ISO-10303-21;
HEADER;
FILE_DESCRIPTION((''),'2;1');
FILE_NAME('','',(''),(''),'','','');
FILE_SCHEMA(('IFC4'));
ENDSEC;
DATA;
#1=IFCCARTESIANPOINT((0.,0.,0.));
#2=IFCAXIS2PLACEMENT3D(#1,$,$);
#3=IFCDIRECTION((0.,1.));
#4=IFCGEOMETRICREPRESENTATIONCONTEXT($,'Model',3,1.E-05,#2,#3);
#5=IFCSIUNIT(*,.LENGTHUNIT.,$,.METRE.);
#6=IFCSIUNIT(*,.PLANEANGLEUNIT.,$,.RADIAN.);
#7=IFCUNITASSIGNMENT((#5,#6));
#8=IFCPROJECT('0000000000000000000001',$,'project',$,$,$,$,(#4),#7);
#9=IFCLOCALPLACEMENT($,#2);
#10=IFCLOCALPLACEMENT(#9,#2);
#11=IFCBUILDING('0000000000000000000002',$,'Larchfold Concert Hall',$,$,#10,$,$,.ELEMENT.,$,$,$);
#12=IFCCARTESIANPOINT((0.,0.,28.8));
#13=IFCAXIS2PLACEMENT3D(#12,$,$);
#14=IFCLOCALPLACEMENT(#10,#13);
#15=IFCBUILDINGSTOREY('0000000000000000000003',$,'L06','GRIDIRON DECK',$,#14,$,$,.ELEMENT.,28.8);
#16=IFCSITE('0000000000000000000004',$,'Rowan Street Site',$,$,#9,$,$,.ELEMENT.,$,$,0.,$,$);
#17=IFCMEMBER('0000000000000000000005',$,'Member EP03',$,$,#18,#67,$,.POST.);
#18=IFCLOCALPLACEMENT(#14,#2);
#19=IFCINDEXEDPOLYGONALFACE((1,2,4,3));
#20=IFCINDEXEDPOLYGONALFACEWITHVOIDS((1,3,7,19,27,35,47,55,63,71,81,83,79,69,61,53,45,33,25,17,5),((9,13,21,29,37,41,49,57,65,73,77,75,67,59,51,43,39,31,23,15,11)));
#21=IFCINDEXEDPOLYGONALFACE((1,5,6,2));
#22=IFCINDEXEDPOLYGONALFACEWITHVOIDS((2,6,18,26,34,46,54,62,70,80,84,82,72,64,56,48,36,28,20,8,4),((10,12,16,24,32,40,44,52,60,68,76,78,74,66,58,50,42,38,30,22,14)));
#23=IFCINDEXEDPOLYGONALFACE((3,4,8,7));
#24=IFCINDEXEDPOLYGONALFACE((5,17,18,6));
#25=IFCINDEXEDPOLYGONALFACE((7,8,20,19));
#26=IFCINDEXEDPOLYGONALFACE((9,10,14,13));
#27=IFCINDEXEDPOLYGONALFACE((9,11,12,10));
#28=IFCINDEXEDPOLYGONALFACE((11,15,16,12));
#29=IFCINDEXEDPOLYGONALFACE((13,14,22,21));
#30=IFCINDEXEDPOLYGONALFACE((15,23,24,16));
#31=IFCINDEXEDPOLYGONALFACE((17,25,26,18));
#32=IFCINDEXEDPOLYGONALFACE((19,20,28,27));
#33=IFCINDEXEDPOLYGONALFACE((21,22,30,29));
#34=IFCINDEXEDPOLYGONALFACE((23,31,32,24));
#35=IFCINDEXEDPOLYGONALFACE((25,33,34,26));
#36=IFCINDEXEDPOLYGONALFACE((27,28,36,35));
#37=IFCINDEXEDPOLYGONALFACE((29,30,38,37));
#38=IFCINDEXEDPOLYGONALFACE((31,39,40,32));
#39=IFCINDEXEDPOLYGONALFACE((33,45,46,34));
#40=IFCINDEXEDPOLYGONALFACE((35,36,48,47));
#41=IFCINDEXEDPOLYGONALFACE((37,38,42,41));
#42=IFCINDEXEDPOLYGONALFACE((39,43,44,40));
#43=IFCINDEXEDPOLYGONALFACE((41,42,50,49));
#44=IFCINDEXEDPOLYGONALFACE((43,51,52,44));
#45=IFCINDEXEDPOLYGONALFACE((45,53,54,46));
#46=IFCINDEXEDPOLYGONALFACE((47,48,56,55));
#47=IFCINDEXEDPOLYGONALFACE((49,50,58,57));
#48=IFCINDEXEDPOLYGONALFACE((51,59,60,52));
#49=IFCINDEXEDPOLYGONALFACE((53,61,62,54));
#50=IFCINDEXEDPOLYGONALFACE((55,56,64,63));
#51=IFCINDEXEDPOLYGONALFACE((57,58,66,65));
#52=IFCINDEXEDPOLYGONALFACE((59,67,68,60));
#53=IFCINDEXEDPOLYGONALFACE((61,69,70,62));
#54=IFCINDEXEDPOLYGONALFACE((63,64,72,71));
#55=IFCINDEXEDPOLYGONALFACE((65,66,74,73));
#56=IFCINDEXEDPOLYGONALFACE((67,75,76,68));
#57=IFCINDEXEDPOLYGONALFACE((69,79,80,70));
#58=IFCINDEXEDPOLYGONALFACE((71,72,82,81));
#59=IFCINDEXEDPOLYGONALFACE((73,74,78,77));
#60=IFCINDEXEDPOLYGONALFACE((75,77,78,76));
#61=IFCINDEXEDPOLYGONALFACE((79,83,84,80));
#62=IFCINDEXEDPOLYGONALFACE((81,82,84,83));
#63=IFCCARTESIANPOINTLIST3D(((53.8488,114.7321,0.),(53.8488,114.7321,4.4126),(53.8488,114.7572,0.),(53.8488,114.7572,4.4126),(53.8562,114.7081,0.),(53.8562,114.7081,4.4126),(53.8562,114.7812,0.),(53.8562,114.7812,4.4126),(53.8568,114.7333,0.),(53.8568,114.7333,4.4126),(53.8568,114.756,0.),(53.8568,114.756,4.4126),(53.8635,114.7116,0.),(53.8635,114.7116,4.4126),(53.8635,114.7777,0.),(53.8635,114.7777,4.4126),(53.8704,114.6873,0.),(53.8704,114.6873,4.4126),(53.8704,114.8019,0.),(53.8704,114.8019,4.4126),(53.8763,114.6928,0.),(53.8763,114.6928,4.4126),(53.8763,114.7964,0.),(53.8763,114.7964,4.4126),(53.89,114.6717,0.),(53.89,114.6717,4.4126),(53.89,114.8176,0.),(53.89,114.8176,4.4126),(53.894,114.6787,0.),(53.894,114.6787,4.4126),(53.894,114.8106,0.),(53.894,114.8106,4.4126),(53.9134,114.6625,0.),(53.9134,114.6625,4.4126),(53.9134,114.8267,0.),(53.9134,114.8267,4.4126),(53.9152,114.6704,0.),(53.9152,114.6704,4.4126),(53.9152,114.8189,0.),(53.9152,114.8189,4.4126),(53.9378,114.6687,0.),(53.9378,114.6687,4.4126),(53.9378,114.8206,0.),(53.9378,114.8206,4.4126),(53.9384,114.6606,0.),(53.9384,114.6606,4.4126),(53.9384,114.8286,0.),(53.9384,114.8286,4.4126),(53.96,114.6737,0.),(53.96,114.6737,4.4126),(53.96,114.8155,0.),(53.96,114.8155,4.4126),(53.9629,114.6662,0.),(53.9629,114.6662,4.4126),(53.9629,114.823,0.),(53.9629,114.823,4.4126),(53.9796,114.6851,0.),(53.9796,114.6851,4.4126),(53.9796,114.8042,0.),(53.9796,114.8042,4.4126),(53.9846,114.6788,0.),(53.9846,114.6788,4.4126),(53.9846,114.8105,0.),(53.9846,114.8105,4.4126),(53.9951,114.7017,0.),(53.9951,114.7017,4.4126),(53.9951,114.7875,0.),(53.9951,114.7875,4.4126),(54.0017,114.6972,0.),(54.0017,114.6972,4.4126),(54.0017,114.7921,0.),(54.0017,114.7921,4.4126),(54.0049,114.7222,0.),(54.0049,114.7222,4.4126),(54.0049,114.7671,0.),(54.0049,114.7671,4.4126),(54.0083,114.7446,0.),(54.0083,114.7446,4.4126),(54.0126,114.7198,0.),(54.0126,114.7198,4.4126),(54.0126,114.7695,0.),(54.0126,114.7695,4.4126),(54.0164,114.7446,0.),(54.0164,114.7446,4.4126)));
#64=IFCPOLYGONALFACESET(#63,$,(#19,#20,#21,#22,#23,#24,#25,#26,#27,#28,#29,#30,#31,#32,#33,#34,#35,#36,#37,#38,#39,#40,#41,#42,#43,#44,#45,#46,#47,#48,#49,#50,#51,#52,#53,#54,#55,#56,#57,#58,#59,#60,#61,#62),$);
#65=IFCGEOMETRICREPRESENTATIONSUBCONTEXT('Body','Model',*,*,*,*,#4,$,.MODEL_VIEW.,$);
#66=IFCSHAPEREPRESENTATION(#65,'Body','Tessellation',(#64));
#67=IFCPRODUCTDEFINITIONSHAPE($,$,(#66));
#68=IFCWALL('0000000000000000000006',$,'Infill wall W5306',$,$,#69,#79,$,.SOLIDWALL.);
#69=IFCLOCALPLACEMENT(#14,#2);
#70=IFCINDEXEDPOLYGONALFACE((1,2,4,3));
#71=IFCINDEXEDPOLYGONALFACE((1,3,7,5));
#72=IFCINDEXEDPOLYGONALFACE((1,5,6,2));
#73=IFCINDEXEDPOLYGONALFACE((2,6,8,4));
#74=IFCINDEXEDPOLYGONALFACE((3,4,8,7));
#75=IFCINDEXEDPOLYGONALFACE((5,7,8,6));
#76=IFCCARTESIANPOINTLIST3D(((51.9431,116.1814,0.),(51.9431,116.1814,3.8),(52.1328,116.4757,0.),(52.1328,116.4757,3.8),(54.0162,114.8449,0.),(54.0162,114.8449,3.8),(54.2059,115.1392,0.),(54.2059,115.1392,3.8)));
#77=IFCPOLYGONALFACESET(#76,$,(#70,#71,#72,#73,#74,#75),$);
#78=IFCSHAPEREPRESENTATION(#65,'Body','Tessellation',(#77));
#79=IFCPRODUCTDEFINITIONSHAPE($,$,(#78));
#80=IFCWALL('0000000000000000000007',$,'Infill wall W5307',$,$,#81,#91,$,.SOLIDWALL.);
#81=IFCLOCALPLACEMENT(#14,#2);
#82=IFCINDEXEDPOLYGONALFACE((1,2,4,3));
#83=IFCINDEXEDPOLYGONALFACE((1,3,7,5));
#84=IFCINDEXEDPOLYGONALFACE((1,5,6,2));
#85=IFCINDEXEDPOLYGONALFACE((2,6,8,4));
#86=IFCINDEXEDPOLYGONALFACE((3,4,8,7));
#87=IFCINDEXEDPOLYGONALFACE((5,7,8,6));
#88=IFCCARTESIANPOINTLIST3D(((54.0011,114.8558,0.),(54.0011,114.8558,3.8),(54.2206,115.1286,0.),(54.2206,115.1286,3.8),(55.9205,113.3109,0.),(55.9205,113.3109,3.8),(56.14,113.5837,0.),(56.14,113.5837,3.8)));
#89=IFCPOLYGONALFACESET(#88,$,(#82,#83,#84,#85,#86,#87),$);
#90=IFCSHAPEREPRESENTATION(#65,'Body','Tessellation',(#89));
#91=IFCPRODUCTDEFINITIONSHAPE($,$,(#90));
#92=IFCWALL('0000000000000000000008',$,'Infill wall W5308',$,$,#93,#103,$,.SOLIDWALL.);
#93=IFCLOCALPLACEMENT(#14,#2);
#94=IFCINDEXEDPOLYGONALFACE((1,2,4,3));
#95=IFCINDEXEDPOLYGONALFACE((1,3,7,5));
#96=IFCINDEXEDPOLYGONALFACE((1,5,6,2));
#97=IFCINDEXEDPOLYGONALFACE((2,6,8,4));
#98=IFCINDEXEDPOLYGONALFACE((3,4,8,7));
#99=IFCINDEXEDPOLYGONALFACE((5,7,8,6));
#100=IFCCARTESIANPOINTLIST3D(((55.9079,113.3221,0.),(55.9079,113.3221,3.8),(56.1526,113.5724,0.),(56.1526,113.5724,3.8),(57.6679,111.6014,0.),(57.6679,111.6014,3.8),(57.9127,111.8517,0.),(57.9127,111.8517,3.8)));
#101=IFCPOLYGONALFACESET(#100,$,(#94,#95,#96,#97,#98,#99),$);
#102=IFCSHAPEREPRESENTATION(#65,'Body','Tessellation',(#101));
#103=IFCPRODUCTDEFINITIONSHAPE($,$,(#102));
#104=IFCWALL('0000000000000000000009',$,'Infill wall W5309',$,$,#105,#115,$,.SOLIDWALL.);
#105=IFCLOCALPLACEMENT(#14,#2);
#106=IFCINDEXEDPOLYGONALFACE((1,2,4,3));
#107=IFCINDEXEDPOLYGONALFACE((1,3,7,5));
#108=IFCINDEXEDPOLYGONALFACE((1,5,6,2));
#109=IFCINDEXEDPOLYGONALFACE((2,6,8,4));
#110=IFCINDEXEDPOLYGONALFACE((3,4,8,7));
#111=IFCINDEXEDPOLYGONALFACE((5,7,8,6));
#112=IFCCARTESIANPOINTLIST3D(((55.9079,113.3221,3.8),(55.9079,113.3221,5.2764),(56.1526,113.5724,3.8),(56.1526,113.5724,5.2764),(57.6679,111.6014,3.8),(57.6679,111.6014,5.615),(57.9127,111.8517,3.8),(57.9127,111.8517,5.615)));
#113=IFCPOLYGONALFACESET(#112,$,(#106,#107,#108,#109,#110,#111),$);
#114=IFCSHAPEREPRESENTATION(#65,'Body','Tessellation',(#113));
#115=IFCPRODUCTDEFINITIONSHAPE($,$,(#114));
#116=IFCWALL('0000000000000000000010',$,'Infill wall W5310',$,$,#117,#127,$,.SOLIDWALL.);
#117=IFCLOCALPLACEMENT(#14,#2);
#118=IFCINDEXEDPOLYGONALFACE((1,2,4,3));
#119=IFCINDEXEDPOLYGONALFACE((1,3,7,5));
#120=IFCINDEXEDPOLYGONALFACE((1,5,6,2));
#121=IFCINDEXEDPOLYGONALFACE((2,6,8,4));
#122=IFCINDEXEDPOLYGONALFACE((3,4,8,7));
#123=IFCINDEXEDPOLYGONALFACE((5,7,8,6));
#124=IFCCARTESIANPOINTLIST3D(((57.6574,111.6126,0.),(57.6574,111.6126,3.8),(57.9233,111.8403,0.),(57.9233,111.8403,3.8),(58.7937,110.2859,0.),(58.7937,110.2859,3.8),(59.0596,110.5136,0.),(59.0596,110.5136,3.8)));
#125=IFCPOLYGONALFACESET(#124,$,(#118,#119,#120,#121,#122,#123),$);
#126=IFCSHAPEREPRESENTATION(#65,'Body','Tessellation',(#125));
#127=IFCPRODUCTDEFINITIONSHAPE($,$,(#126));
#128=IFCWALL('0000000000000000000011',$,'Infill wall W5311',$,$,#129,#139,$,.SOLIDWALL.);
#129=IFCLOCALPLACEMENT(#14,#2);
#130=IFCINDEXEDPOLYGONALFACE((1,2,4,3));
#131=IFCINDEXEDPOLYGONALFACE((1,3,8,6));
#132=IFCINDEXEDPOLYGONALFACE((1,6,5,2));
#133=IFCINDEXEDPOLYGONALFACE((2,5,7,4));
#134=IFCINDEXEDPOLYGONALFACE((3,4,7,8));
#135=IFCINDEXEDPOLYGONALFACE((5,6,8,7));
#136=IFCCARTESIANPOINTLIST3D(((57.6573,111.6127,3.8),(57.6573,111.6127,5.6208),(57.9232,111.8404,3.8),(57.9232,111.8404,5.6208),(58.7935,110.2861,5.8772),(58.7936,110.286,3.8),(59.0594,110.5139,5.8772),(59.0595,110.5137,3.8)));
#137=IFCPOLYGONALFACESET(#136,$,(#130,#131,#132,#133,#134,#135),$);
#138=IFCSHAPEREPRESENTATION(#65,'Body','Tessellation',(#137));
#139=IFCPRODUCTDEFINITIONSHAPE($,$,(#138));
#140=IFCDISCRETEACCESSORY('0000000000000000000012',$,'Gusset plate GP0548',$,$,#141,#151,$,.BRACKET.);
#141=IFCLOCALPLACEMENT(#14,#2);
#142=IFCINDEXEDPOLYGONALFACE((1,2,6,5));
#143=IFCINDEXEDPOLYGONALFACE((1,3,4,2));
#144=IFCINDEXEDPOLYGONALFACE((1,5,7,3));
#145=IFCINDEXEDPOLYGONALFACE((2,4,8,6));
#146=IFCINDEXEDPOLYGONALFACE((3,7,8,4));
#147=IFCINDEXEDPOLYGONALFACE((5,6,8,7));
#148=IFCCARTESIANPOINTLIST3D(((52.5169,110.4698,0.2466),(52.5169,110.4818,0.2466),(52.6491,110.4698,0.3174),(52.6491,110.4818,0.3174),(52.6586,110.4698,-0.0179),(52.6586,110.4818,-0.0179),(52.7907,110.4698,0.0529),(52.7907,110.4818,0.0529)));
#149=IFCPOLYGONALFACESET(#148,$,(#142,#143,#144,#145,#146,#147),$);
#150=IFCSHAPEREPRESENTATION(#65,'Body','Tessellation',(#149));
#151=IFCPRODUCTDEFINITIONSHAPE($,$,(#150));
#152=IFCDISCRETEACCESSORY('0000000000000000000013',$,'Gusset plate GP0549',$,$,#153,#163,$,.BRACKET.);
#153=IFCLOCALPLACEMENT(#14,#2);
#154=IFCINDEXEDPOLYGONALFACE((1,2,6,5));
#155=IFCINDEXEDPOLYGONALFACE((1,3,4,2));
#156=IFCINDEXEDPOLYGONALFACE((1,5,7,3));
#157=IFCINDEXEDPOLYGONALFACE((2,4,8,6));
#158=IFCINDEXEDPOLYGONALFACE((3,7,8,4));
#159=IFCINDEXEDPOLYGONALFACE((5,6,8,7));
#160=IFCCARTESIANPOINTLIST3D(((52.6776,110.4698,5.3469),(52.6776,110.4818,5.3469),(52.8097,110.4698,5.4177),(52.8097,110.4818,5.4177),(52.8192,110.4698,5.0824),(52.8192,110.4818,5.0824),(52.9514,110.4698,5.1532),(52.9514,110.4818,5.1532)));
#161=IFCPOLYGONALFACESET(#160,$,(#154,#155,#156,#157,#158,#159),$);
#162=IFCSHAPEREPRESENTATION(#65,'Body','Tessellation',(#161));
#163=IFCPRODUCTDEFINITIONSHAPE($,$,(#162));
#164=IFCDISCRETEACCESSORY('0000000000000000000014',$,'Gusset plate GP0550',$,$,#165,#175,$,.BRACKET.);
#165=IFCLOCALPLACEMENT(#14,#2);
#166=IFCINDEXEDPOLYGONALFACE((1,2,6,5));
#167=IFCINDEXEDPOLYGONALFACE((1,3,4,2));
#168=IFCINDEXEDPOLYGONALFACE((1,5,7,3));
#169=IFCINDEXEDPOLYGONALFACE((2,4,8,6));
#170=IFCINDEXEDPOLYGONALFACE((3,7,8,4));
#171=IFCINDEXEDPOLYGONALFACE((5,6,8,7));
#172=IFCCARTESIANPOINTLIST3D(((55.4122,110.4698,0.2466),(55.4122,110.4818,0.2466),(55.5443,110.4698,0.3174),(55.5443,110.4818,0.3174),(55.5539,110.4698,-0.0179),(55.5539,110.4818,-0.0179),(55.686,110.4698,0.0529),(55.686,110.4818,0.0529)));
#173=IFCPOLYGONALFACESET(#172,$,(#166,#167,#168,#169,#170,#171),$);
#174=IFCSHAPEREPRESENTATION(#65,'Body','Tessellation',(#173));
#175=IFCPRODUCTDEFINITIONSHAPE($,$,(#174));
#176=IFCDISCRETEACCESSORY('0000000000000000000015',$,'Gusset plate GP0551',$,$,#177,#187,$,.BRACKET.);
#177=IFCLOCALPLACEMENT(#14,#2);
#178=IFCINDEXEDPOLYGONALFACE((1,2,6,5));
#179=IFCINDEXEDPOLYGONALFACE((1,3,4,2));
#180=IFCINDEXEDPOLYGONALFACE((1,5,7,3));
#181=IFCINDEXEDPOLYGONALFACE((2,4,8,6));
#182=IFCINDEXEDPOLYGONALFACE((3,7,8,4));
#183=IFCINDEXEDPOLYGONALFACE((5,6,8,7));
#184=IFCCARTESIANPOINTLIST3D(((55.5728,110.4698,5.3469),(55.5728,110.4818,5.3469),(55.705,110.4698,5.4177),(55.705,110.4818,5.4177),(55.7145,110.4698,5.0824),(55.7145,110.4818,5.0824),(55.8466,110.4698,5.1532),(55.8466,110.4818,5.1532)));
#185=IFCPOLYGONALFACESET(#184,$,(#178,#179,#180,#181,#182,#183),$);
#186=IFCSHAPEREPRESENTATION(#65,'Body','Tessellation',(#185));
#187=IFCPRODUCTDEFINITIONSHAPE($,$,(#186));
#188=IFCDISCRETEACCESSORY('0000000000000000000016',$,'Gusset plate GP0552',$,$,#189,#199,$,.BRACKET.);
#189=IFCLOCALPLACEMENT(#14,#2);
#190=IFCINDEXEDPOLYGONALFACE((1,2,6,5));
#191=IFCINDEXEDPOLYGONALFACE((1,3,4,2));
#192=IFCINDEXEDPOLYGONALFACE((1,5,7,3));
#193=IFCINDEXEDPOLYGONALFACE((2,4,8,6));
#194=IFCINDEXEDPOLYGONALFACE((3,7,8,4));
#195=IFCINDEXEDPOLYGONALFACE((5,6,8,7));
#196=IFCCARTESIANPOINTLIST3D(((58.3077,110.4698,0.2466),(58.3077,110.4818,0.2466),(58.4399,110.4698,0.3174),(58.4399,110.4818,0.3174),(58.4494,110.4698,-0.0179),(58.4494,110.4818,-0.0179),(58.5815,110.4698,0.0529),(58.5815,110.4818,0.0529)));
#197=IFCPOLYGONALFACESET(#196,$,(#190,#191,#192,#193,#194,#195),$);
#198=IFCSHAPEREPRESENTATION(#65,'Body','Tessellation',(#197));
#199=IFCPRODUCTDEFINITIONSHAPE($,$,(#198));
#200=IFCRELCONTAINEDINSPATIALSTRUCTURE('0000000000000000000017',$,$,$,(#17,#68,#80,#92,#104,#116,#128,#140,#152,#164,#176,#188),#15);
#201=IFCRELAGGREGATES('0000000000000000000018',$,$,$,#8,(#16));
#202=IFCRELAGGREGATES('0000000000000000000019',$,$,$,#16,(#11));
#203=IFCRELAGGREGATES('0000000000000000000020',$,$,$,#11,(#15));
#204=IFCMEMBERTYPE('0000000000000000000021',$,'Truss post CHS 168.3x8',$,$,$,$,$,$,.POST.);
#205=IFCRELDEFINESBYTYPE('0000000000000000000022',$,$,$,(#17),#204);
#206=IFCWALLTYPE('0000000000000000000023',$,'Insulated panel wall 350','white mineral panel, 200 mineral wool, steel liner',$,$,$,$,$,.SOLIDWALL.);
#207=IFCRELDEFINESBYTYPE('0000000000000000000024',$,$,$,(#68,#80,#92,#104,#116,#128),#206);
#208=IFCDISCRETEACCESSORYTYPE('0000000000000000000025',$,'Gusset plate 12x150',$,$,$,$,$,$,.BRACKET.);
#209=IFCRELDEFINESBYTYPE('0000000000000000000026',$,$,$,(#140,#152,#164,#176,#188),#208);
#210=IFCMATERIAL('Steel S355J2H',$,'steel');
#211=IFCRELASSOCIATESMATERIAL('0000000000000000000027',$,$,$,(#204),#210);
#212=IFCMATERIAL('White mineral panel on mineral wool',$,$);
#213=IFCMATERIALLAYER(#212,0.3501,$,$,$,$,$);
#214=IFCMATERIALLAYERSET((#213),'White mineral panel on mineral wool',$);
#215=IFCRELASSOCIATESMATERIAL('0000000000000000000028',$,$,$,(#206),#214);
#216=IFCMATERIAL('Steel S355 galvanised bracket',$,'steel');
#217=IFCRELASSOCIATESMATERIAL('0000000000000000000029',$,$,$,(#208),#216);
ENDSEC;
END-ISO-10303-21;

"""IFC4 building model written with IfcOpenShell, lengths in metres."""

from ifc_helpers import new_model, si_unit, direction, frame, frame_2d, origin, origin_2d, place, context, subcontext, project, spatial, polyline, rectangle, hollow_circle, outline, extrude, material, layer, layer_set, material_profile, profile_set, type_object, element, save


model = new_model("IFC4")

# Units and contexts
model_context = context("Model", 3, precision=1e-05, world=origin(), true_north=direction((0.0, 1.0)))
body_context = subcontext(model_context, "Body", "Model", "MODEL_VIEW")
ifc_project = project(units=[si_unit("LENGTHUNIT", "METRE"), si_unit("PLANEANGLEUNIT", "RADIAN")], contexts=[model_context])

# Site, building, storey
site_placement = place(None, origin())
site = spatial("IfcSite", under=ifc_project, at=site_placement, Name="Rowan Street Site", CompositionType="ELEMENT", RefElevation=0.0)
building_placement = place(site_placement, origin())
building = spatial("IfcBuilding", under=site, at=building_placement, Name="Larchfold Concert Hall", CompositionType="ELEMENT")
storey_placement = place(building_placement, frame((0.0, 0.0, 28.8)))
storey = spatial("IfcBuildingStorey", under=building, at=storey_placement, Name="L06", Description="GRIDIRON DECK", CompositionType="ELEMENT", Elevation=28.8)

# Member
ifc_material_1 = material(Name="Steel S355J2H", Category="steel")
ifc_material_profile_1 = material_profile(ifc_material_1, hollow_circle(Radius=0.0842, WallThickness=0.0081, at=origin_2d()))
ifc_profile_set_1 = profile_set([ifc_material_profile_1], Name="Steel S355J2H")
member_type_1 = type_object("IfcMemberType", Name="Truss post CHS 168.3x8", PredefinedType="POST", material=ifc_profile_set_1)
member_1_placement = place(storey_placement, frame((53.9321, 114.7446, 0.0), z_axis=(0.0, 0.0, 1.0), x_axis=(1.0, 0.0, 0.0)))
element("IfcMember", 1, at=member_1_placement, inside=storey, type_object=member_type_1, Name="Member EP03", PredefinedType="POST", context=body_context, shape_type="SweptSolid", body=[
    extrude(hollow_circle(Radius=0.0842, WallThickness=0.0081, at=origin_2d()), origin(), (0.0, 0.0, 1.0), 4.4126),
])

# Walls
ifc_material_2 = material(Name="White mineral panel on mineral wool")
ifc_layer = layer(ifc_material_2, 0.3501)
ifc_layer_set = layer_set([ifc_layer], Name="White mineral panel on mineral wool")
wall_type = type_object("IfcWallType", Name="Insulated panel wall 350", Description="white mineral panel, 200 mineral wool, steel liner", PredefinedType="SOLIDWALL", material=ifc_layer_set)
wall_1_placement = place(storey_placement, frame((52.0378, 116.3286, 0.0), z_axis=(0.0, 0.0, 1.0), x_axis=(0.84048, -0.541843, 0.0)))
element("IfcWall", 2, at=wall_1_placement, inside=storey, type_object=wall_type, Name="Infill wall W5306", PredefinedType="SOLIDWALL", context=body_context, shape_type="SweptSolid", body=[
    extrude(rectangle(XDim=2.4666, YDim=0.3501, at=frame_2d((1.2334, 0.0))), origin(), (0.0, 0.0, 1.0), 3.8),
])
wall_2_placement = place(storey_placement, frame((54.1108, 114.9922, 0.0), z_axis=(0.0, 0.0, 1.0), x_axis=(0.779009, -0.627012, 0.0)))
element("IfcWall", 3, at=wall_2_placement, inside=storey, type_object=wall_type, Name="Infill wall W5307", PredefinedType="SOLIDWALL", context=body_context, shape_type="SweptSolid", body=[
    extrude(rectangle(XDim=2.4639, YDim=0.3501, at=frame_2d((1.2319, 0.0))), origin(), (0.0, 0.0, 1.0), 3.8),
])
wall_3_placement = place(storey_placement, frame((56.0303, 113.4473, 0.0), z_axis=(0.0, 0.0, 1.0), x_axis=(0.715046, -0.699077, 0.0)))
element("IfcWall", 4, at=wall_3_placement, inside=storey, type_object=wall_type, Name="Infill wall W5308", PredefinedType="SOLIDWALL", context=body_context, shape_type="SweptSolid", body=[
    extrude(rectangle(XDim=2.4614, YDim=0.3501, at=frame_2d((1.2307, 0.0))), origin(), (0.0, 0.0, 1.0), 3.8),
])
wall_4_placement = place(storey_placement, frame((56.0303, 113.4473, 3.8), z_axis=(0.0, 0.0, 1.0), x_axis=(0.715046, -0.699077, 0.0)))
element("IfcWall", 5, at=wall_4_placement, inside=storey, type_object=wall_type, Name="Infill wall W5309", PredefinedType="SOLIDWALL", context=body_context, shape_type="SweptSolid", body=[
    extrude(outline(polyline([(0.0, 0.0), (2.4614, 0.0), (2.4614, 1.8149), (0.0, 1.4763), (0.0, 0.0)])), frame((0.0, 0.175, 0.0), z_axis=(0.0, -1.0, 0.0), x_axis=(1.0, 0.0, 0.0)), (0.0, 0.0, 1.0), 0.3501),
])
wall_5_placement = place(storey_placement, frame((57.7903, 111.7266, 0.0), z_axis=(0.0, 0.0, 1.0), x_axis=(0.650492, -0.759513, 0.0)))
element("IfcWall", 6, at=wall_5_placement, inside=storey, type_object=wall_type, Name="Infill wall W5310", PredefinedType="SOLIDWALL", context=body_context, shape_type="SweptSolid", body=[
    extrude(rectangle(XDim=1.7468, YDim=0.3501, at=frame_2d((0.8735, 0.0))), origin(), (0.0, 0.0, 1.0), 3.8),
])
wall_6_placement = place(storey_placement, frame((57.7903, 111.7266, 3.8), z_axis=(0.0, 0.0, 1.0), x_axis=(0.650492, -0.759513, 0.0)))
element("IfcWall", 7, at=wall_6_placement, inside=storey, type_object=wall_type, Name="Infill wall W5311", PredefinedType="SOLIDWALL", context=body_context, shape_type="SweptSolid", body=[
    extrude(outline(polyline([(0.0, 0.0), (1.7468, 0.0), (1.7466, 2.0771), (0.0, 1.8208), (0.0, 0.0)])), frame((0.0, 0.175, 0.0), z_axis=(0.0, -1.0, 0.0), x_axis=(1.0, 0.0, 0.0)), (0.0, 0.0, 1.0), 0.3501),
])

# Discrete accessories
ifc_material_3 = material(Name="Steel S355 galvanised bracket", Category="steel")
ifc_material_profile_2 = material_profile(ifc_material_3, rectangle(XDim=0.012, YDim=0.1499, at=origin_2d()))
ifc_profile_set_2 = profile_set([ifc_material_profile_2], Name="Steel S355 galvanised bracket")
discrete_accessory_type_1 = type_object("IfcDiscreteAccessoryType", Name="Gusset plate 12x150", PredefinedType="BRACKET", material=ifc_profile_set_2)
for number, where, z_axis, x_axis, name in (
    (8, (52.583, 110.4758, 0.282), (0.472108, 0.0, -0.88154), (0.0, 1.0, 0.0), "Gusset plate GP0548"),
    (9, (52.7437, 110.4758, 5.3823), (0.472108, 0.0, -0.88154), (0.0, 1.0, 0.0), "Gusset plate GP0549"),
    (10, (55.4783, 110.4758, 0.282), (0.472108, 0.0, -0.88154), (0.0, 1.0, 0.0), "Gusset plate GP0550"),
    (11, (55.6389, 110.4758, 5.3823), (0.472108, 0.0, -0.88154), (0.0, 1.0, 0.0), "Gusset plate GP0551"),
    (12, (58.3738, 110.4758, 0.282), (0.472108, 0.0, -0.88154), (0.0, 1.0, 0.0), "Gusset plate GP0552"),
):
    element("IfcDiscreteAccessory", number, at=place(storey_placement, frame(where, z_axis=z_axis, x_axis=x_axis)), inside=storey, type_object=discrete_accessory_type_1, Name=name, PredefinedType="BRACKET", context=body_context, shape_type="SweptSolid", body=[
        extrude(rectangle(XDim=0.012, YDim=0.1499, at=origin_2d()), origin(), (0.0, 0.0, 1.0), 0.3),
    ])

save(model, "model.ifc")
